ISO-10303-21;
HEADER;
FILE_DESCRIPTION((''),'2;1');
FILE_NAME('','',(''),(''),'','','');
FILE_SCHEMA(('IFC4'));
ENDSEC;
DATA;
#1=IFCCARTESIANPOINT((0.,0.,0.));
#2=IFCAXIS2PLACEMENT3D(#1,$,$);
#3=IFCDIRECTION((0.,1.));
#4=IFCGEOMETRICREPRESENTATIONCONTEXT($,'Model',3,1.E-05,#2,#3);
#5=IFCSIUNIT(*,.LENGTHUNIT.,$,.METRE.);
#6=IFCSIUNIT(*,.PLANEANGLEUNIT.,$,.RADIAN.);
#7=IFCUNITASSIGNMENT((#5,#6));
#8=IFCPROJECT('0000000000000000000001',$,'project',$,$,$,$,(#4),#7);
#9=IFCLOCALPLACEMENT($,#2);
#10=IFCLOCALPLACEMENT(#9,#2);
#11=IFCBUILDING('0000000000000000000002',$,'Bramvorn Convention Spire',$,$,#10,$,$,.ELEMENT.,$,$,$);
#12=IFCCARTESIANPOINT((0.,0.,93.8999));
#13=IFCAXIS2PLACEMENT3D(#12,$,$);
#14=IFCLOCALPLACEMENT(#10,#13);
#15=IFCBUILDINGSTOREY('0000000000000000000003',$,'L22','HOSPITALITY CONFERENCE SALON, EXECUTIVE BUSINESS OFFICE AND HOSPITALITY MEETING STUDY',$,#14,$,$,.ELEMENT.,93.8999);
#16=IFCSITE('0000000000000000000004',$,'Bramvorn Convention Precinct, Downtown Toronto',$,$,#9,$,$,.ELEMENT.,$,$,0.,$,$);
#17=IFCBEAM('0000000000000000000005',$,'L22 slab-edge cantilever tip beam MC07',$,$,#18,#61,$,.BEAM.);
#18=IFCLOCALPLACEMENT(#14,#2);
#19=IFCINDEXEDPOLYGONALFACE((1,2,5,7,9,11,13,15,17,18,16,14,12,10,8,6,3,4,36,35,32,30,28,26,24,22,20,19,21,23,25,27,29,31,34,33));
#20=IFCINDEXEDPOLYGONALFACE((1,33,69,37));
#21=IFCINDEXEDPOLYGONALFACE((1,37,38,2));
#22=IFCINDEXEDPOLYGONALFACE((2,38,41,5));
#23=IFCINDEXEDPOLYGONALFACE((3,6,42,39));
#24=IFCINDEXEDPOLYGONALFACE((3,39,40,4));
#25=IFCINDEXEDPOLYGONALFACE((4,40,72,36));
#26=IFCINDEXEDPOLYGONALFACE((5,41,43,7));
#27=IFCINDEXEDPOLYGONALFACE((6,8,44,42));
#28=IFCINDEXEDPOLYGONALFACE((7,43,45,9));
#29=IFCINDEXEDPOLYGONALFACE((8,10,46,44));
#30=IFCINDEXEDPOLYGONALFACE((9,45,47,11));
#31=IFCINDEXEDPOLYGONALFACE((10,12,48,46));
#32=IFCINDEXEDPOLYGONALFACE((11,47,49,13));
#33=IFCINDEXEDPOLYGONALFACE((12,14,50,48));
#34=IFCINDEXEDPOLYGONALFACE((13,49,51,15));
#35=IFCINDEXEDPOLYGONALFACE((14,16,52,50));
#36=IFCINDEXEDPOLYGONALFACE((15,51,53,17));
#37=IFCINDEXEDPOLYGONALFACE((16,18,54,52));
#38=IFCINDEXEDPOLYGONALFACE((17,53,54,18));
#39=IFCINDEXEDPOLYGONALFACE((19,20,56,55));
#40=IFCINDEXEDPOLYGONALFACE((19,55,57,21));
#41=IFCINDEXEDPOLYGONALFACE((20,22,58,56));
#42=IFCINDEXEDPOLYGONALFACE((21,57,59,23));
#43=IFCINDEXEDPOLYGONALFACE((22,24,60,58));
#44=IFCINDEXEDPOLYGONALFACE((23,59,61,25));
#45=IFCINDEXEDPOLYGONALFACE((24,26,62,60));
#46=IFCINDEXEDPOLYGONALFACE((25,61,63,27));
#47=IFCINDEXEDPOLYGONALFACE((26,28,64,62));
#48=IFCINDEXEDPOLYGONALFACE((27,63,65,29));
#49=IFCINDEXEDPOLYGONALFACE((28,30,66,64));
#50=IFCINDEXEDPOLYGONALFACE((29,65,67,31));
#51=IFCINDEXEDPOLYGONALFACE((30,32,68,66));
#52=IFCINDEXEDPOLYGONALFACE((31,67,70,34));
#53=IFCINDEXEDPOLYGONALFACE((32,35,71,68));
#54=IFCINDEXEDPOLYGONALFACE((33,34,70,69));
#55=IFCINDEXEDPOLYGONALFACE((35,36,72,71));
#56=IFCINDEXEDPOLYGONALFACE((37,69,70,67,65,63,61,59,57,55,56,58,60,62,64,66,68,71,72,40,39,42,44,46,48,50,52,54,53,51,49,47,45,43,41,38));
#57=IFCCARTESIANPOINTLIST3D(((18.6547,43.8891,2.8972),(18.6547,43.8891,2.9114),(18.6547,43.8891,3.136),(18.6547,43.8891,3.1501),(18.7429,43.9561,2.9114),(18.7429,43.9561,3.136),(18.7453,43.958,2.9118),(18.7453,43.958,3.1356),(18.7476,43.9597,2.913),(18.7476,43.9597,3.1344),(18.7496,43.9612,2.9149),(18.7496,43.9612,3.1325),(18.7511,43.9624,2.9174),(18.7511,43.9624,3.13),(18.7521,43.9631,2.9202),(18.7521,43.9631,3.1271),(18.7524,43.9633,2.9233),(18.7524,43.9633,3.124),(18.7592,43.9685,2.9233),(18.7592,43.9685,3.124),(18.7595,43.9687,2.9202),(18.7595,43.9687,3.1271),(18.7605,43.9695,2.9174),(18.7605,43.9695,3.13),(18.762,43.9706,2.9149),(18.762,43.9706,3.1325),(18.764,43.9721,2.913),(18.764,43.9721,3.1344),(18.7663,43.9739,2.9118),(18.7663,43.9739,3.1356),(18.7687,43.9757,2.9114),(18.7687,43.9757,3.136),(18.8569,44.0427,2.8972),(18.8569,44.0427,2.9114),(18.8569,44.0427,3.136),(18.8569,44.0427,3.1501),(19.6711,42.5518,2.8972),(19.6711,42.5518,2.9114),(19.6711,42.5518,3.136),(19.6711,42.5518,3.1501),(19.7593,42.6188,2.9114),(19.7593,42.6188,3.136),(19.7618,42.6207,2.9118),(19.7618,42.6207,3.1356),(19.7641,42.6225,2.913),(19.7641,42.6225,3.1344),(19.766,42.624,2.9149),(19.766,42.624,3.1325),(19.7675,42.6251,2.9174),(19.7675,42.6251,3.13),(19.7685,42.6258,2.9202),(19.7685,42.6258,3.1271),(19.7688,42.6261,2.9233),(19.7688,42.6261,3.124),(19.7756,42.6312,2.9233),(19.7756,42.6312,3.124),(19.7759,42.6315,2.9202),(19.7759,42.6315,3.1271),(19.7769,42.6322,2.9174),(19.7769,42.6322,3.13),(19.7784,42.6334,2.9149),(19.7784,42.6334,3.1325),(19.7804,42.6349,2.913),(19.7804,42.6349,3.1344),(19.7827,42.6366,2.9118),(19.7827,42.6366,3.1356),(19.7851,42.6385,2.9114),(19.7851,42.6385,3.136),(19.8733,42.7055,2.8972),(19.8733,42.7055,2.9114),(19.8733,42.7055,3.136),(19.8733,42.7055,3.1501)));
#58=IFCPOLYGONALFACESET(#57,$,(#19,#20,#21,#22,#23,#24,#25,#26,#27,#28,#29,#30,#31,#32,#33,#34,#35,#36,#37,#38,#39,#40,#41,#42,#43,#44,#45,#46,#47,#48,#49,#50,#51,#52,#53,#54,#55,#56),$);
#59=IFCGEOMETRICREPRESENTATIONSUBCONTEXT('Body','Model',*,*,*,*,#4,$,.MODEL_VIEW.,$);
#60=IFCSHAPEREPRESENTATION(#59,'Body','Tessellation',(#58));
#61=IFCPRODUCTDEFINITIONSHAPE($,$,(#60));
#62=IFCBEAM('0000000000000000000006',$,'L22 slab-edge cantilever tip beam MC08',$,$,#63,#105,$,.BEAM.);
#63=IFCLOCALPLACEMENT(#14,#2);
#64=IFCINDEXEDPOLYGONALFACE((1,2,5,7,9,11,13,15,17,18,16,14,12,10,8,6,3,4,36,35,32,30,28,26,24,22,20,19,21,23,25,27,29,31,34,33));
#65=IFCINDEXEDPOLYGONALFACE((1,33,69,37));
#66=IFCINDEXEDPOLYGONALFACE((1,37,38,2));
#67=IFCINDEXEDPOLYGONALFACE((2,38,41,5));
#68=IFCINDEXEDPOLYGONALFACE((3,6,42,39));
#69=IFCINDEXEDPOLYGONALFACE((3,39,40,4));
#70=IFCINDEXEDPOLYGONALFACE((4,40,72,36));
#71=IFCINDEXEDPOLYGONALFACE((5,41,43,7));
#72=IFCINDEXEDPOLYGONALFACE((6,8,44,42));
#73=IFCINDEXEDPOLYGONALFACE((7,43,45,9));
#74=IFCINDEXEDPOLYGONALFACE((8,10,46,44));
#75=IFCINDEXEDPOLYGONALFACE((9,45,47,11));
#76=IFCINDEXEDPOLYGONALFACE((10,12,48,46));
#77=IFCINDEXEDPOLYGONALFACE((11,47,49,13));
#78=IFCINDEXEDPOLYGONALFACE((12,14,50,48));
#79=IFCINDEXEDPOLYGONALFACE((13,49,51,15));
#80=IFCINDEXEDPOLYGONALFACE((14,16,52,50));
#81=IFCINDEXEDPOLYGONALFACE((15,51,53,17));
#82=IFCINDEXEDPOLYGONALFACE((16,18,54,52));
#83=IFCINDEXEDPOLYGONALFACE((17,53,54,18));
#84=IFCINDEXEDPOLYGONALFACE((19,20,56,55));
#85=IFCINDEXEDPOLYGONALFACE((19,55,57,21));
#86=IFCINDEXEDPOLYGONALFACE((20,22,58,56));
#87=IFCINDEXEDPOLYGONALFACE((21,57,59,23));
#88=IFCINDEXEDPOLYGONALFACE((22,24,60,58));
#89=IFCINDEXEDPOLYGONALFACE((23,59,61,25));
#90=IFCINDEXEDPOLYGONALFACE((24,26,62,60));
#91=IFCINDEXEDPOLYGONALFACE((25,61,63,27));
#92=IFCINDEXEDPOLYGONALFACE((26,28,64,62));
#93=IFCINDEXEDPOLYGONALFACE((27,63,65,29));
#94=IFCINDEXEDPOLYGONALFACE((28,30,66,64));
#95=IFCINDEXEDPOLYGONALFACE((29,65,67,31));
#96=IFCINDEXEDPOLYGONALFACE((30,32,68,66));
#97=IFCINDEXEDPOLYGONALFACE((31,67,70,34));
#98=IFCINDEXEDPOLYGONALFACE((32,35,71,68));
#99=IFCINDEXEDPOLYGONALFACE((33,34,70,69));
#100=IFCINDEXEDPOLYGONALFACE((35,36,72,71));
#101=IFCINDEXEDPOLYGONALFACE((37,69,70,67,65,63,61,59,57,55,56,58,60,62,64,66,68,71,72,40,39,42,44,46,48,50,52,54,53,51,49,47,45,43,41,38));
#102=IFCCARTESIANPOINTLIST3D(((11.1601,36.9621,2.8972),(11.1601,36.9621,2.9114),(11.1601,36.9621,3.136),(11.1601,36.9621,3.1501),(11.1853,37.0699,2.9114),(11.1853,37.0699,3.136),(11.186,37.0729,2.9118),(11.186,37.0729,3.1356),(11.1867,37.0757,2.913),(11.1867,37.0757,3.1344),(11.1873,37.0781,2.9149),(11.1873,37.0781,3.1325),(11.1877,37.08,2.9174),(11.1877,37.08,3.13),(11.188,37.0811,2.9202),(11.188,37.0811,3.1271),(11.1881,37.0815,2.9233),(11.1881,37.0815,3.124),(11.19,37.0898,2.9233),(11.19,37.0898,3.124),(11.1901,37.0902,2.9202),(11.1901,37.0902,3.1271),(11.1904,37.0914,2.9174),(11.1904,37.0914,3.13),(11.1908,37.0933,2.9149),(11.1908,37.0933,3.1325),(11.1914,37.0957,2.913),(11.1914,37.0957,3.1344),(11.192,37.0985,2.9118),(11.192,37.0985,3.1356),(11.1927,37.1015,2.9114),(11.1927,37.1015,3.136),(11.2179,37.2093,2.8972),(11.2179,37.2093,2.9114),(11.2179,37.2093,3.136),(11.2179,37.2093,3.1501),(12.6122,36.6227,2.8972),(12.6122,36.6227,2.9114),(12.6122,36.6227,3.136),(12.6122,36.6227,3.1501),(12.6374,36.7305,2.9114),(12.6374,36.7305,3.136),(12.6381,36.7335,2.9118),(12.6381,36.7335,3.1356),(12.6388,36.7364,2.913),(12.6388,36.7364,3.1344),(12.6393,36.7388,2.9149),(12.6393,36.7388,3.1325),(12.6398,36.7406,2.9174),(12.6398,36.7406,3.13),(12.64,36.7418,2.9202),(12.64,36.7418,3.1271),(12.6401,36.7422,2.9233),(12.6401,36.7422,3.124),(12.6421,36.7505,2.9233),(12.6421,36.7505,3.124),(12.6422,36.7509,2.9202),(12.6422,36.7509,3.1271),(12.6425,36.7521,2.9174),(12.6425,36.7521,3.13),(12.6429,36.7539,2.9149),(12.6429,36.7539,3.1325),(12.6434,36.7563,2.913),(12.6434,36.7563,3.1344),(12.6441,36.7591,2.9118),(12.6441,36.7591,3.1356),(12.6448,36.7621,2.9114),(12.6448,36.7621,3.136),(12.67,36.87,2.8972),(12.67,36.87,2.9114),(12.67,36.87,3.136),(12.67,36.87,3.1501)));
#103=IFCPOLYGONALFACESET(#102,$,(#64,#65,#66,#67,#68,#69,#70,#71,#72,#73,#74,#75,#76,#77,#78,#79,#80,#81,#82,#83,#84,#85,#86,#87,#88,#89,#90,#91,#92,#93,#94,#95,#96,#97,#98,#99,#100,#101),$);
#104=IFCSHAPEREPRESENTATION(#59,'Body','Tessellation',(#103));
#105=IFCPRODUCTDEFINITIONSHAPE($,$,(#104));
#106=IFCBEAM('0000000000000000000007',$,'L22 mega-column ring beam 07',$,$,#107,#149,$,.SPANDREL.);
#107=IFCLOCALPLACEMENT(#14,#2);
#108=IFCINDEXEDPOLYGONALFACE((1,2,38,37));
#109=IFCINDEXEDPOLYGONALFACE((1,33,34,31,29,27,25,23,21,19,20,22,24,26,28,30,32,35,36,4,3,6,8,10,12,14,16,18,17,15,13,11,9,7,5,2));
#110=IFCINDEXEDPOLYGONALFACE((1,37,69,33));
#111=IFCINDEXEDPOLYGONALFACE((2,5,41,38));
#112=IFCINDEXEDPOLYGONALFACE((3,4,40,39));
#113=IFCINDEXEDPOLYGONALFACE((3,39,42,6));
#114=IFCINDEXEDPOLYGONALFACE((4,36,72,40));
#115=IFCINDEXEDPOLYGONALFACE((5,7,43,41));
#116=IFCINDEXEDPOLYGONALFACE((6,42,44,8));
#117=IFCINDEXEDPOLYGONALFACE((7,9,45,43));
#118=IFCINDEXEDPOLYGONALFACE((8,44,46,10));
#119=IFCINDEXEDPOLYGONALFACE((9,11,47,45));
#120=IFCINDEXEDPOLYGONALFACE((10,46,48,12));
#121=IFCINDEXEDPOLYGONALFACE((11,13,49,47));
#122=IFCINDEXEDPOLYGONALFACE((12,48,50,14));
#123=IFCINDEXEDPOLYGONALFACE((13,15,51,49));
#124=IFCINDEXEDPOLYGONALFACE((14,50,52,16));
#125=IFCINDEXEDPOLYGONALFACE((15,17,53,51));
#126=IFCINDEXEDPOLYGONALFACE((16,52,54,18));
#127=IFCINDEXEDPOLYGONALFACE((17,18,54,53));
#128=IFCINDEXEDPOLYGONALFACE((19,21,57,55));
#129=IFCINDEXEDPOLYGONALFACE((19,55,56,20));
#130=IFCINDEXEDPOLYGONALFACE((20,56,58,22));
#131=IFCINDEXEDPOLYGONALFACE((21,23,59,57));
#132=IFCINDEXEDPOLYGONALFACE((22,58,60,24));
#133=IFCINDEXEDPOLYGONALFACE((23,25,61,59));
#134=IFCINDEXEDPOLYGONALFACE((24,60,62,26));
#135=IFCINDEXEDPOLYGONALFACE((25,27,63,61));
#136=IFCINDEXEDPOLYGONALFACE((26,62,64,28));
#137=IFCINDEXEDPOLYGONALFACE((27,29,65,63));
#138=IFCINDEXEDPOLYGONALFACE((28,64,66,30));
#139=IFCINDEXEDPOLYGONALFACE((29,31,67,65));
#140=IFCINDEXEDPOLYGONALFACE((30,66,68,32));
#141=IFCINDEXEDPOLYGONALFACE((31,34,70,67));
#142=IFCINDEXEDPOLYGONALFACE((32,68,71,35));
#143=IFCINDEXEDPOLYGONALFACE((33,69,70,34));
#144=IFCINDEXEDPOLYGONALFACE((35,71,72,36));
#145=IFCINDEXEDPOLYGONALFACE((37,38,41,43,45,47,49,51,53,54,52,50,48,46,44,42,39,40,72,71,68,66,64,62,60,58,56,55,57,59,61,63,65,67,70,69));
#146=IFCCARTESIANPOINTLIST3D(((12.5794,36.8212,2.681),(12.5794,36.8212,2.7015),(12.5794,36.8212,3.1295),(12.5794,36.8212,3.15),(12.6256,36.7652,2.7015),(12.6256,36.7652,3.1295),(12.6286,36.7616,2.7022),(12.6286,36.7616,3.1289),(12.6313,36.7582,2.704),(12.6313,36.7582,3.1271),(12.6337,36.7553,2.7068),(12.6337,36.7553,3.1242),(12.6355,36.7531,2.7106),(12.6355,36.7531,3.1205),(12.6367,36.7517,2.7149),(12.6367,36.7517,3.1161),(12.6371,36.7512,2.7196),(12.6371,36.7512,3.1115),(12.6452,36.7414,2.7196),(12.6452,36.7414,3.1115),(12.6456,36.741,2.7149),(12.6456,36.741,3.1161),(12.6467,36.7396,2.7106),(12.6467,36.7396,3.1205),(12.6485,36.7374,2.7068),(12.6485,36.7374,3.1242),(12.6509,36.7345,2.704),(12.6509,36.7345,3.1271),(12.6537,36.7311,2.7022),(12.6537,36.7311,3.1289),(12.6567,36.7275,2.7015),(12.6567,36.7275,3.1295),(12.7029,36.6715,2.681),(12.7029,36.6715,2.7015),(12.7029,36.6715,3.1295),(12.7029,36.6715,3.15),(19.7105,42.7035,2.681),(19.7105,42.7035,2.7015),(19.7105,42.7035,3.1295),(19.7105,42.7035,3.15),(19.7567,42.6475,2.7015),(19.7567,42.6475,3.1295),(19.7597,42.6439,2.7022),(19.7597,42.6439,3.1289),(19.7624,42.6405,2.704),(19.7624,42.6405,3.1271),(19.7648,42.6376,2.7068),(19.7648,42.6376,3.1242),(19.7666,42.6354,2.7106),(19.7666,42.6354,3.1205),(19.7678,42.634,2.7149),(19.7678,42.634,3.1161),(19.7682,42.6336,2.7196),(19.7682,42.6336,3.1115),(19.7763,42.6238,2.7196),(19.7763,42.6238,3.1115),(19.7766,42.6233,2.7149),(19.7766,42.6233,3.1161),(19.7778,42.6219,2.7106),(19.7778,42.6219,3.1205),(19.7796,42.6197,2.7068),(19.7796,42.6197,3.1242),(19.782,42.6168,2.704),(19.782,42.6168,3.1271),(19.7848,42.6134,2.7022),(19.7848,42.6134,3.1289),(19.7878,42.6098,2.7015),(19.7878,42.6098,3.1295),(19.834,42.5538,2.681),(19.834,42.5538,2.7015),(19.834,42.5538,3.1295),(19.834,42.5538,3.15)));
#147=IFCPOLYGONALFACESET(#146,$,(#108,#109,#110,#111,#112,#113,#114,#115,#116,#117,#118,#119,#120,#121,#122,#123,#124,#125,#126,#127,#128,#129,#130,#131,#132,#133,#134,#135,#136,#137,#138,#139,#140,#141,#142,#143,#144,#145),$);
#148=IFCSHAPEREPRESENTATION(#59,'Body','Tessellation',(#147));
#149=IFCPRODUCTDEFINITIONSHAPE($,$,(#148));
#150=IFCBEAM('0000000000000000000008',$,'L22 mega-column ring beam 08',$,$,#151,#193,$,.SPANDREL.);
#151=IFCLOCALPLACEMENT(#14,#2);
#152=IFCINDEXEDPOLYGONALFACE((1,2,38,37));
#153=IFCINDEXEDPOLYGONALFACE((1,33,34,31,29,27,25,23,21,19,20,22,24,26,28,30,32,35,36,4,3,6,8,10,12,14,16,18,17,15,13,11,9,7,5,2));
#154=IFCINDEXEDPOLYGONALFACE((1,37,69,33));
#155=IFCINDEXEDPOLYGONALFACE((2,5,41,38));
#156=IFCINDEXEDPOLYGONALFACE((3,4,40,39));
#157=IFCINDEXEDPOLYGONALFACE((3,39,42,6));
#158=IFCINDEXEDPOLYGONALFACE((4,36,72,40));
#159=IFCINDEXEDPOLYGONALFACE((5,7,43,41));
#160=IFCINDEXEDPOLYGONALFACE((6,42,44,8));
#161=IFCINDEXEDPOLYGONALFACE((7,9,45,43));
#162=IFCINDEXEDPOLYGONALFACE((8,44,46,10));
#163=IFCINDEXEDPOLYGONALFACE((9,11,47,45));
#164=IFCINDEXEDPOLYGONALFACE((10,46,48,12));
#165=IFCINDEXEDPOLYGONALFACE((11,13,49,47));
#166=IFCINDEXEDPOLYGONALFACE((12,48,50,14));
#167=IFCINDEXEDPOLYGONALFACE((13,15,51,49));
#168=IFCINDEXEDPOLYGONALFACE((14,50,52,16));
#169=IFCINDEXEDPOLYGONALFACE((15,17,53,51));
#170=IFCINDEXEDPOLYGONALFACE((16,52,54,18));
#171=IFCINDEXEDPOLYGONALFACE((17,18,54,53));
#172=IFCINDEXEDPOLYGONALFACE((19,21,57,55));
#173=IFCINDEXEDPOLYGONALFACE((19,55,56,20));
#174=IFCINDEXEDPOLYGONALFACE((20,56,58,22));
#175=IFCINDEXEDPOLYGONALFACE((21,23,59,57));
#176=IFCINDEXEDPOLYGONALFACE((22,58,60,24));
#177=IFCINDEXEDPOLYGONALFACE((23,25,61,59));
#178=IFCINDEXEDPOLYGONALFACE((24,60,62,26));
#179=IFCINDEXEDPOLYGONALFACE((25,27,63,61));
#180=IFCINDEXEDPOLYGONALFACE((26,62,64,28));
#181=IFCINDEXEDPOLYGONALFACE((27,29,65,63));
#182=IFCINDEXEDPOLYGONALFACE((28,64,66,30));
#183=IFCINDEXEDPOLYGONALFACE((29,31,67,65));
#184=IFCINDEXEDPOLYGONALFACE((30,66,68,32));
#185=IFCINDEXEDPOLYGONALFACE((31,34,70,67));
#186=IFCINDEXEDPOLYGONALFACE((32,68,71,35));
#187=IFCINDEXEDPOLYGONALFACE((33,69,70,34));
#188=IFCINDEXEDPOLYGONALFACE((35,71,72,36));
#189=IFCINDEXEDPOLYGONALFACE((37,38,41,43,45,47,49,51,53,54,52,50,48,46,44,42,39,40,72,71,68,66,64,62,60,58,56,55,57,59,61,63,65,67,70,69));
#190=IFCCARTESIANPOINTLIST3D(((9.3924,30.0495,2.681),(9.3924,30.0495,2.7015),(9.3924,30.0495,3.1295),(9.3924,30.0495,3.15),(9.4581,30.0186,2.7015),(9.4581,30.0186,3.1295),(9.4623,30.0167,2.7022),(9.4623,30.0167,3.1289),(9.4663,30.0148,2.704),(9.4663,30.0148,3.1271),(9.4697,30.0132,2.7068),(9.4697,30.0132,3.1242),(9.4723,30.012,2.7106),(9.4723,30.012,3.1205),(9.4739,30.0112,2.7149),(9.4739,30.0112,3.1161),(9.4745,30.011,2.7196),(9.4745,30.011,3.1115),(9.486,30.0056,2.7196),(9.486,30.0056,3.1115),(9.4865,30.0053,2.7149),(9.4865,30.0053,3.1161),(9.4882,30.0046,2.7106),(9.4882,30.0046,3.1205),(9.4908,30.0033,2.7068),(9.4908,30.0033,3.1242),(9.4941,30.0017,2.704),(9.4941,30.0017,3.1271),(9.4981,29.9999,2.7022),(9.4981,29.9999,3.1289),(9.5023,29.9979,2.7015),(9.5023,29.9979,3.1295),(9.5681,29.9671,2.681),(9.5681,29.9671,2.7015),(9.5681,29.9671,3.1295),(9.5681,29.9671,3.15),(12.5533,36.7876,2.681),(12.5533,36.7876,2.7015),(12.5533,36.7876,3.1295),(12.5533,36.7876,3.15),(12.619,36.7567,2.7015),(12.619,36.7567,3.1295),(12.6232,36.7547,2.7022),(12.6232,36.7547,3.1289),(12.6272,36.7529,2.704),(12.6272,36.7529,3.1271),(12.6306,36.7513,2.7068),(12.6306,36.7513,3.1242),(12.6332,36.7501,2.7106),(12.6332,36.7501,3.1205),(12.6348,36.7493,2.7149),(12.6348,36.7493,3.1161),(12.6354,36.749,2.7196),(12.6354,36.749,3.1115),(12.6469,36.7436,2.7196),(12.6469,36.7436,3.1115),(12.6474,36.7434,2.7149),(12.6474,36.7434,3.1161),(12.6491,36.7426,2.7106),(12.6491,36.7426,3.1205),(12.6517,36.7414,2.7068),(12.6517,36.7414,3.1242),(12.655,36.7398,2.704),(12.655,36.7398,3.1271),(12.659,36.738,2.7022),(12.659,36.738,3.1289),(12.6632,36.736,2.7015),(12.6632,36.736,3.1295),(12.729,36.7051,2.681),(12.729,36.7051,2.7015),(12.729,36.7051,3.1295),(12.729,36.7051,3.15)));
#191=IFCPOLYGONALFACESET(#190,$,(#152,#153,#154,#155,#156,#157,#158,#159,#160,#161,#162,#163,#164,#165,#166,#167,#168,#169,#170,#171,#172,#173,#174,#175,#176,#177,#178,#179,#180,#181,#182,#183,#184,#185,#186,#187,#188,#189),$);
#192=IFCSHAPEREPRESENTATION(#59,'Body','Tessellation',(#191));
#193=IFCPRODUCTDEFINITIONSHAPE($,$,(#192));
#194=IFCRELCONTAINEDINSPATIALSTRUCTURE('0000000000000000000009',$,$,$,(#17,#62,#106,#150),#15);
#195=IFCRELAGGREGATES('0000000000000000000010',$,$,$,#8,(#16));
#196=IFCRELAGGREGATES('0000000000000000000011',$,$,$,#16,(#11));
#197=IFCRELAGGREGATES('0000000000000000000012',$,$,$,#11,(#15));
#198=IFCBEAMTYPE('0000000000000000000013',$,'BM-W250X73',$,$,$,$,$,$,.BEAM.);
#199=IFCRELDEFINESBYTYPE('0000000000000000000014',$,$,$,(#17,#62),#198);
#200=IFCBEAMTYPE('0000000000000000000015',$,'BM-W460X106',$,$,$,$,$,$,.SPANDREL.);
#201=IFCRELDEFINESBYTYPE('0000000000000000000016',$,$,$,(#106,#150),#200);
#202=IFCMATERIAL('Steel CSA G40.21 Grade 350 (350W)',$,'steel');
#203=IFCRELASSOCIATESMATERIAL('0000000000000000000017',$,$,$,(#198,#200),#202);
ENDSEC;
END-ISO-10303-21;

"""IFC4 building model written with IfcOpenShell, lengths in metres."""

from ifc_helpers import new_model, si_unit, direction, frame, origin, origin_2d, place, context, subcontext, project, spatial, i_section, extrude, material, material_profile, profile_set, type_object, element, save


model = new_model("IFC4")

# Units and contexts
model_context = context("Model", 3, precision=1e-05, world=origin(), true_north=direction((0.0, 1.0)))
body_context = subcontext(model_context, "Body", "Model", "MODEL_VIEW")
ifc_project = project(units=[si_unit("LENGTHUNIT", "METRE"), si_unit("PLANEANGLEUNIT", "RADIAN")], contexts=[model_context])

# Site, building, storey
site_placement = place(None, origin())
site = spatial("IfcSite", under=ifc_project, at=site_placement, Name="Bramvorn Convention Precinct, Downtown Toronto", CompositionType="ELEMENT", RefElevation=0.0)
building_placement = place(site_placement, origin())
building = spatial("IfcBuilding", under=site, at=building_placement, Name="Bramvorn Convention Spire", CompositionType="ELEMENT")
storey_placement = place(building_placement, frame((0.0, 0.0, 93.8999)))
storey = spatial("IfcBuildingStorey", under=building, at=storey_placement, Name="L22", Description="HOSPITALITY CONFERENCE SALON, EXECUTIVE BUSINESS OFFICE AND HOSPITALITY MEETING STUDY", CompositionType="ELEMENT", Elevation=93.8999)

# Shared definitions
ifc_material_1 = material(Name="Steel CSA G40.21 Grade 350 (350W)", Category="steel")

# Beams
ifc_material_profile_1 = material_profile(ifc_material_1, i_section(OverallWidth=0.2539, OverallDepth=0.2529, WebThickness=0.0085, FlangeThickness=0.0142, FilletRadius=0.012, at=origin_2d()))
ifc_profile_set_1 = profile_set([ifc_material_profile_1], Name="Steel CSA G40.21 Grade 350 (350W) - W250X73")
beam_type_1 = type_object("IfcBeamType", Name="BM-W250X73", PredefinedType="BEAM", material=ifc_profile_set_1)
beam_1_placement = place(storey_placement, frame((19.7722, 42.6287, 3.0237), z_axis=(-0.605127, 0.796129, 0.0), x_axis=(-0.796129, -0.605127, 0.0)))
element("IfcBeam", 1, at=beam_1_placement, inside=storey, type_object=beam_type_1, Name="L22 slab-edge cantilever tip beam MC07", PredefinedType="BEAM", context=body_context, shape_type="SweptSolid", body=[
    extrude(i_section(OverallWidth=0.2539, OverallDepth=0.2529, WebThickness=0.0085, FlangeThickness=0.0142, FilletRadius=0.012, at=origin_2d()), origin(), (0.0, 0.0, 1.0), 1.6797),
])
beam_2_placement = place(storey_placement, frame((12.6411, 36.7463, 3.0237), z_axis=(-0.973764, 0.227561, 0.0), x_axis=(-0.227561, -0.973764, 0.0)))
element("IfcBeam", 2, at=beam_2_placement, inside=storey, type_object=beam_type_1, Name="L22 slab-edge cantilever tip beam MC08", PredefinedType="BEAM", context=body_context, shape_type="SweptSolid", body=[
    extrude(i_section(OverallWidth=0.2539, OverallDepth=0.2529, WebThickness=0.0085, FlangeThickness=0.0142, FilletRadius=0.012, at=origin_2d()), origin(), (0.0, 0.0, 1.0), 1.4912),
])
ifc_material_profile_2 = material_profile(ifc_material_1, i_section(OverallWidth=0.1941, OverallDepth=0.469, WebThickness=0.0127, FlangeThickness=0.0205, FilletRadius=0.0181, at=origin_2d()))
ifc_profile_set_2 = profile_set([ifc_material_profile_2], Name="Steel CSA G40.21 Grade 350 (350W) - W460X106")
beam_type_2 = type_object("IfcBeamType", Name="BM-W460X106", PredefinedType="SPANDREL", material=ifc_profile_set_2)
beam_3_placement = place(storey_placement, frame((19.7722, 42.6287, 2.9155), z_axis=(-0.771418, -0.636329, 0.0), x_axis=(0.636329, -0.771418, 0.0)))
element("IfcBeam", 3, at=beam_3_placement, inside=storey, type_object=beam_type_2, Name="L22 mega-column ring beam 07", PredefinedType="SPANDREL", context=body_context, shape_type="SweptSolid", body=[
    extrude(i_section(OverallWidth=0.1941, OverallDepth=0.469, WebThickness=0.0127, FlangeThickness=0.0205, FilletRadius=0.0181, at=origin_2d()), origin(), (0.0, 0.0, 1.0), 9.2441),
])
beam_4_placement = place(storey_placement, frame((12.6411, 36.7463, 2.9155), z_axis=(-0.424702, -0.905333, 0.0), x_axis=(0.905333, -0.424702, 0.0)))
element("IfcBeam", 4, at=beam_4_placement, inside=storey, type_object=beam_type_2, Name="L22 mega-column ring beam 08", PredefinedType="SPANDREL", context=body_context, shape_type="SweptSolid", body=[
    extrude(i_section(OverallWidth=0.1941, OverallDepth=0.469, WebThickness=0.0127, FlangeThickness=0.0205, FilletRadius=0.0181, at=origin_2d()), origin(), (0.0, 0.0, 1.0), 7.4426),
])

save(model, "model.ifc")
